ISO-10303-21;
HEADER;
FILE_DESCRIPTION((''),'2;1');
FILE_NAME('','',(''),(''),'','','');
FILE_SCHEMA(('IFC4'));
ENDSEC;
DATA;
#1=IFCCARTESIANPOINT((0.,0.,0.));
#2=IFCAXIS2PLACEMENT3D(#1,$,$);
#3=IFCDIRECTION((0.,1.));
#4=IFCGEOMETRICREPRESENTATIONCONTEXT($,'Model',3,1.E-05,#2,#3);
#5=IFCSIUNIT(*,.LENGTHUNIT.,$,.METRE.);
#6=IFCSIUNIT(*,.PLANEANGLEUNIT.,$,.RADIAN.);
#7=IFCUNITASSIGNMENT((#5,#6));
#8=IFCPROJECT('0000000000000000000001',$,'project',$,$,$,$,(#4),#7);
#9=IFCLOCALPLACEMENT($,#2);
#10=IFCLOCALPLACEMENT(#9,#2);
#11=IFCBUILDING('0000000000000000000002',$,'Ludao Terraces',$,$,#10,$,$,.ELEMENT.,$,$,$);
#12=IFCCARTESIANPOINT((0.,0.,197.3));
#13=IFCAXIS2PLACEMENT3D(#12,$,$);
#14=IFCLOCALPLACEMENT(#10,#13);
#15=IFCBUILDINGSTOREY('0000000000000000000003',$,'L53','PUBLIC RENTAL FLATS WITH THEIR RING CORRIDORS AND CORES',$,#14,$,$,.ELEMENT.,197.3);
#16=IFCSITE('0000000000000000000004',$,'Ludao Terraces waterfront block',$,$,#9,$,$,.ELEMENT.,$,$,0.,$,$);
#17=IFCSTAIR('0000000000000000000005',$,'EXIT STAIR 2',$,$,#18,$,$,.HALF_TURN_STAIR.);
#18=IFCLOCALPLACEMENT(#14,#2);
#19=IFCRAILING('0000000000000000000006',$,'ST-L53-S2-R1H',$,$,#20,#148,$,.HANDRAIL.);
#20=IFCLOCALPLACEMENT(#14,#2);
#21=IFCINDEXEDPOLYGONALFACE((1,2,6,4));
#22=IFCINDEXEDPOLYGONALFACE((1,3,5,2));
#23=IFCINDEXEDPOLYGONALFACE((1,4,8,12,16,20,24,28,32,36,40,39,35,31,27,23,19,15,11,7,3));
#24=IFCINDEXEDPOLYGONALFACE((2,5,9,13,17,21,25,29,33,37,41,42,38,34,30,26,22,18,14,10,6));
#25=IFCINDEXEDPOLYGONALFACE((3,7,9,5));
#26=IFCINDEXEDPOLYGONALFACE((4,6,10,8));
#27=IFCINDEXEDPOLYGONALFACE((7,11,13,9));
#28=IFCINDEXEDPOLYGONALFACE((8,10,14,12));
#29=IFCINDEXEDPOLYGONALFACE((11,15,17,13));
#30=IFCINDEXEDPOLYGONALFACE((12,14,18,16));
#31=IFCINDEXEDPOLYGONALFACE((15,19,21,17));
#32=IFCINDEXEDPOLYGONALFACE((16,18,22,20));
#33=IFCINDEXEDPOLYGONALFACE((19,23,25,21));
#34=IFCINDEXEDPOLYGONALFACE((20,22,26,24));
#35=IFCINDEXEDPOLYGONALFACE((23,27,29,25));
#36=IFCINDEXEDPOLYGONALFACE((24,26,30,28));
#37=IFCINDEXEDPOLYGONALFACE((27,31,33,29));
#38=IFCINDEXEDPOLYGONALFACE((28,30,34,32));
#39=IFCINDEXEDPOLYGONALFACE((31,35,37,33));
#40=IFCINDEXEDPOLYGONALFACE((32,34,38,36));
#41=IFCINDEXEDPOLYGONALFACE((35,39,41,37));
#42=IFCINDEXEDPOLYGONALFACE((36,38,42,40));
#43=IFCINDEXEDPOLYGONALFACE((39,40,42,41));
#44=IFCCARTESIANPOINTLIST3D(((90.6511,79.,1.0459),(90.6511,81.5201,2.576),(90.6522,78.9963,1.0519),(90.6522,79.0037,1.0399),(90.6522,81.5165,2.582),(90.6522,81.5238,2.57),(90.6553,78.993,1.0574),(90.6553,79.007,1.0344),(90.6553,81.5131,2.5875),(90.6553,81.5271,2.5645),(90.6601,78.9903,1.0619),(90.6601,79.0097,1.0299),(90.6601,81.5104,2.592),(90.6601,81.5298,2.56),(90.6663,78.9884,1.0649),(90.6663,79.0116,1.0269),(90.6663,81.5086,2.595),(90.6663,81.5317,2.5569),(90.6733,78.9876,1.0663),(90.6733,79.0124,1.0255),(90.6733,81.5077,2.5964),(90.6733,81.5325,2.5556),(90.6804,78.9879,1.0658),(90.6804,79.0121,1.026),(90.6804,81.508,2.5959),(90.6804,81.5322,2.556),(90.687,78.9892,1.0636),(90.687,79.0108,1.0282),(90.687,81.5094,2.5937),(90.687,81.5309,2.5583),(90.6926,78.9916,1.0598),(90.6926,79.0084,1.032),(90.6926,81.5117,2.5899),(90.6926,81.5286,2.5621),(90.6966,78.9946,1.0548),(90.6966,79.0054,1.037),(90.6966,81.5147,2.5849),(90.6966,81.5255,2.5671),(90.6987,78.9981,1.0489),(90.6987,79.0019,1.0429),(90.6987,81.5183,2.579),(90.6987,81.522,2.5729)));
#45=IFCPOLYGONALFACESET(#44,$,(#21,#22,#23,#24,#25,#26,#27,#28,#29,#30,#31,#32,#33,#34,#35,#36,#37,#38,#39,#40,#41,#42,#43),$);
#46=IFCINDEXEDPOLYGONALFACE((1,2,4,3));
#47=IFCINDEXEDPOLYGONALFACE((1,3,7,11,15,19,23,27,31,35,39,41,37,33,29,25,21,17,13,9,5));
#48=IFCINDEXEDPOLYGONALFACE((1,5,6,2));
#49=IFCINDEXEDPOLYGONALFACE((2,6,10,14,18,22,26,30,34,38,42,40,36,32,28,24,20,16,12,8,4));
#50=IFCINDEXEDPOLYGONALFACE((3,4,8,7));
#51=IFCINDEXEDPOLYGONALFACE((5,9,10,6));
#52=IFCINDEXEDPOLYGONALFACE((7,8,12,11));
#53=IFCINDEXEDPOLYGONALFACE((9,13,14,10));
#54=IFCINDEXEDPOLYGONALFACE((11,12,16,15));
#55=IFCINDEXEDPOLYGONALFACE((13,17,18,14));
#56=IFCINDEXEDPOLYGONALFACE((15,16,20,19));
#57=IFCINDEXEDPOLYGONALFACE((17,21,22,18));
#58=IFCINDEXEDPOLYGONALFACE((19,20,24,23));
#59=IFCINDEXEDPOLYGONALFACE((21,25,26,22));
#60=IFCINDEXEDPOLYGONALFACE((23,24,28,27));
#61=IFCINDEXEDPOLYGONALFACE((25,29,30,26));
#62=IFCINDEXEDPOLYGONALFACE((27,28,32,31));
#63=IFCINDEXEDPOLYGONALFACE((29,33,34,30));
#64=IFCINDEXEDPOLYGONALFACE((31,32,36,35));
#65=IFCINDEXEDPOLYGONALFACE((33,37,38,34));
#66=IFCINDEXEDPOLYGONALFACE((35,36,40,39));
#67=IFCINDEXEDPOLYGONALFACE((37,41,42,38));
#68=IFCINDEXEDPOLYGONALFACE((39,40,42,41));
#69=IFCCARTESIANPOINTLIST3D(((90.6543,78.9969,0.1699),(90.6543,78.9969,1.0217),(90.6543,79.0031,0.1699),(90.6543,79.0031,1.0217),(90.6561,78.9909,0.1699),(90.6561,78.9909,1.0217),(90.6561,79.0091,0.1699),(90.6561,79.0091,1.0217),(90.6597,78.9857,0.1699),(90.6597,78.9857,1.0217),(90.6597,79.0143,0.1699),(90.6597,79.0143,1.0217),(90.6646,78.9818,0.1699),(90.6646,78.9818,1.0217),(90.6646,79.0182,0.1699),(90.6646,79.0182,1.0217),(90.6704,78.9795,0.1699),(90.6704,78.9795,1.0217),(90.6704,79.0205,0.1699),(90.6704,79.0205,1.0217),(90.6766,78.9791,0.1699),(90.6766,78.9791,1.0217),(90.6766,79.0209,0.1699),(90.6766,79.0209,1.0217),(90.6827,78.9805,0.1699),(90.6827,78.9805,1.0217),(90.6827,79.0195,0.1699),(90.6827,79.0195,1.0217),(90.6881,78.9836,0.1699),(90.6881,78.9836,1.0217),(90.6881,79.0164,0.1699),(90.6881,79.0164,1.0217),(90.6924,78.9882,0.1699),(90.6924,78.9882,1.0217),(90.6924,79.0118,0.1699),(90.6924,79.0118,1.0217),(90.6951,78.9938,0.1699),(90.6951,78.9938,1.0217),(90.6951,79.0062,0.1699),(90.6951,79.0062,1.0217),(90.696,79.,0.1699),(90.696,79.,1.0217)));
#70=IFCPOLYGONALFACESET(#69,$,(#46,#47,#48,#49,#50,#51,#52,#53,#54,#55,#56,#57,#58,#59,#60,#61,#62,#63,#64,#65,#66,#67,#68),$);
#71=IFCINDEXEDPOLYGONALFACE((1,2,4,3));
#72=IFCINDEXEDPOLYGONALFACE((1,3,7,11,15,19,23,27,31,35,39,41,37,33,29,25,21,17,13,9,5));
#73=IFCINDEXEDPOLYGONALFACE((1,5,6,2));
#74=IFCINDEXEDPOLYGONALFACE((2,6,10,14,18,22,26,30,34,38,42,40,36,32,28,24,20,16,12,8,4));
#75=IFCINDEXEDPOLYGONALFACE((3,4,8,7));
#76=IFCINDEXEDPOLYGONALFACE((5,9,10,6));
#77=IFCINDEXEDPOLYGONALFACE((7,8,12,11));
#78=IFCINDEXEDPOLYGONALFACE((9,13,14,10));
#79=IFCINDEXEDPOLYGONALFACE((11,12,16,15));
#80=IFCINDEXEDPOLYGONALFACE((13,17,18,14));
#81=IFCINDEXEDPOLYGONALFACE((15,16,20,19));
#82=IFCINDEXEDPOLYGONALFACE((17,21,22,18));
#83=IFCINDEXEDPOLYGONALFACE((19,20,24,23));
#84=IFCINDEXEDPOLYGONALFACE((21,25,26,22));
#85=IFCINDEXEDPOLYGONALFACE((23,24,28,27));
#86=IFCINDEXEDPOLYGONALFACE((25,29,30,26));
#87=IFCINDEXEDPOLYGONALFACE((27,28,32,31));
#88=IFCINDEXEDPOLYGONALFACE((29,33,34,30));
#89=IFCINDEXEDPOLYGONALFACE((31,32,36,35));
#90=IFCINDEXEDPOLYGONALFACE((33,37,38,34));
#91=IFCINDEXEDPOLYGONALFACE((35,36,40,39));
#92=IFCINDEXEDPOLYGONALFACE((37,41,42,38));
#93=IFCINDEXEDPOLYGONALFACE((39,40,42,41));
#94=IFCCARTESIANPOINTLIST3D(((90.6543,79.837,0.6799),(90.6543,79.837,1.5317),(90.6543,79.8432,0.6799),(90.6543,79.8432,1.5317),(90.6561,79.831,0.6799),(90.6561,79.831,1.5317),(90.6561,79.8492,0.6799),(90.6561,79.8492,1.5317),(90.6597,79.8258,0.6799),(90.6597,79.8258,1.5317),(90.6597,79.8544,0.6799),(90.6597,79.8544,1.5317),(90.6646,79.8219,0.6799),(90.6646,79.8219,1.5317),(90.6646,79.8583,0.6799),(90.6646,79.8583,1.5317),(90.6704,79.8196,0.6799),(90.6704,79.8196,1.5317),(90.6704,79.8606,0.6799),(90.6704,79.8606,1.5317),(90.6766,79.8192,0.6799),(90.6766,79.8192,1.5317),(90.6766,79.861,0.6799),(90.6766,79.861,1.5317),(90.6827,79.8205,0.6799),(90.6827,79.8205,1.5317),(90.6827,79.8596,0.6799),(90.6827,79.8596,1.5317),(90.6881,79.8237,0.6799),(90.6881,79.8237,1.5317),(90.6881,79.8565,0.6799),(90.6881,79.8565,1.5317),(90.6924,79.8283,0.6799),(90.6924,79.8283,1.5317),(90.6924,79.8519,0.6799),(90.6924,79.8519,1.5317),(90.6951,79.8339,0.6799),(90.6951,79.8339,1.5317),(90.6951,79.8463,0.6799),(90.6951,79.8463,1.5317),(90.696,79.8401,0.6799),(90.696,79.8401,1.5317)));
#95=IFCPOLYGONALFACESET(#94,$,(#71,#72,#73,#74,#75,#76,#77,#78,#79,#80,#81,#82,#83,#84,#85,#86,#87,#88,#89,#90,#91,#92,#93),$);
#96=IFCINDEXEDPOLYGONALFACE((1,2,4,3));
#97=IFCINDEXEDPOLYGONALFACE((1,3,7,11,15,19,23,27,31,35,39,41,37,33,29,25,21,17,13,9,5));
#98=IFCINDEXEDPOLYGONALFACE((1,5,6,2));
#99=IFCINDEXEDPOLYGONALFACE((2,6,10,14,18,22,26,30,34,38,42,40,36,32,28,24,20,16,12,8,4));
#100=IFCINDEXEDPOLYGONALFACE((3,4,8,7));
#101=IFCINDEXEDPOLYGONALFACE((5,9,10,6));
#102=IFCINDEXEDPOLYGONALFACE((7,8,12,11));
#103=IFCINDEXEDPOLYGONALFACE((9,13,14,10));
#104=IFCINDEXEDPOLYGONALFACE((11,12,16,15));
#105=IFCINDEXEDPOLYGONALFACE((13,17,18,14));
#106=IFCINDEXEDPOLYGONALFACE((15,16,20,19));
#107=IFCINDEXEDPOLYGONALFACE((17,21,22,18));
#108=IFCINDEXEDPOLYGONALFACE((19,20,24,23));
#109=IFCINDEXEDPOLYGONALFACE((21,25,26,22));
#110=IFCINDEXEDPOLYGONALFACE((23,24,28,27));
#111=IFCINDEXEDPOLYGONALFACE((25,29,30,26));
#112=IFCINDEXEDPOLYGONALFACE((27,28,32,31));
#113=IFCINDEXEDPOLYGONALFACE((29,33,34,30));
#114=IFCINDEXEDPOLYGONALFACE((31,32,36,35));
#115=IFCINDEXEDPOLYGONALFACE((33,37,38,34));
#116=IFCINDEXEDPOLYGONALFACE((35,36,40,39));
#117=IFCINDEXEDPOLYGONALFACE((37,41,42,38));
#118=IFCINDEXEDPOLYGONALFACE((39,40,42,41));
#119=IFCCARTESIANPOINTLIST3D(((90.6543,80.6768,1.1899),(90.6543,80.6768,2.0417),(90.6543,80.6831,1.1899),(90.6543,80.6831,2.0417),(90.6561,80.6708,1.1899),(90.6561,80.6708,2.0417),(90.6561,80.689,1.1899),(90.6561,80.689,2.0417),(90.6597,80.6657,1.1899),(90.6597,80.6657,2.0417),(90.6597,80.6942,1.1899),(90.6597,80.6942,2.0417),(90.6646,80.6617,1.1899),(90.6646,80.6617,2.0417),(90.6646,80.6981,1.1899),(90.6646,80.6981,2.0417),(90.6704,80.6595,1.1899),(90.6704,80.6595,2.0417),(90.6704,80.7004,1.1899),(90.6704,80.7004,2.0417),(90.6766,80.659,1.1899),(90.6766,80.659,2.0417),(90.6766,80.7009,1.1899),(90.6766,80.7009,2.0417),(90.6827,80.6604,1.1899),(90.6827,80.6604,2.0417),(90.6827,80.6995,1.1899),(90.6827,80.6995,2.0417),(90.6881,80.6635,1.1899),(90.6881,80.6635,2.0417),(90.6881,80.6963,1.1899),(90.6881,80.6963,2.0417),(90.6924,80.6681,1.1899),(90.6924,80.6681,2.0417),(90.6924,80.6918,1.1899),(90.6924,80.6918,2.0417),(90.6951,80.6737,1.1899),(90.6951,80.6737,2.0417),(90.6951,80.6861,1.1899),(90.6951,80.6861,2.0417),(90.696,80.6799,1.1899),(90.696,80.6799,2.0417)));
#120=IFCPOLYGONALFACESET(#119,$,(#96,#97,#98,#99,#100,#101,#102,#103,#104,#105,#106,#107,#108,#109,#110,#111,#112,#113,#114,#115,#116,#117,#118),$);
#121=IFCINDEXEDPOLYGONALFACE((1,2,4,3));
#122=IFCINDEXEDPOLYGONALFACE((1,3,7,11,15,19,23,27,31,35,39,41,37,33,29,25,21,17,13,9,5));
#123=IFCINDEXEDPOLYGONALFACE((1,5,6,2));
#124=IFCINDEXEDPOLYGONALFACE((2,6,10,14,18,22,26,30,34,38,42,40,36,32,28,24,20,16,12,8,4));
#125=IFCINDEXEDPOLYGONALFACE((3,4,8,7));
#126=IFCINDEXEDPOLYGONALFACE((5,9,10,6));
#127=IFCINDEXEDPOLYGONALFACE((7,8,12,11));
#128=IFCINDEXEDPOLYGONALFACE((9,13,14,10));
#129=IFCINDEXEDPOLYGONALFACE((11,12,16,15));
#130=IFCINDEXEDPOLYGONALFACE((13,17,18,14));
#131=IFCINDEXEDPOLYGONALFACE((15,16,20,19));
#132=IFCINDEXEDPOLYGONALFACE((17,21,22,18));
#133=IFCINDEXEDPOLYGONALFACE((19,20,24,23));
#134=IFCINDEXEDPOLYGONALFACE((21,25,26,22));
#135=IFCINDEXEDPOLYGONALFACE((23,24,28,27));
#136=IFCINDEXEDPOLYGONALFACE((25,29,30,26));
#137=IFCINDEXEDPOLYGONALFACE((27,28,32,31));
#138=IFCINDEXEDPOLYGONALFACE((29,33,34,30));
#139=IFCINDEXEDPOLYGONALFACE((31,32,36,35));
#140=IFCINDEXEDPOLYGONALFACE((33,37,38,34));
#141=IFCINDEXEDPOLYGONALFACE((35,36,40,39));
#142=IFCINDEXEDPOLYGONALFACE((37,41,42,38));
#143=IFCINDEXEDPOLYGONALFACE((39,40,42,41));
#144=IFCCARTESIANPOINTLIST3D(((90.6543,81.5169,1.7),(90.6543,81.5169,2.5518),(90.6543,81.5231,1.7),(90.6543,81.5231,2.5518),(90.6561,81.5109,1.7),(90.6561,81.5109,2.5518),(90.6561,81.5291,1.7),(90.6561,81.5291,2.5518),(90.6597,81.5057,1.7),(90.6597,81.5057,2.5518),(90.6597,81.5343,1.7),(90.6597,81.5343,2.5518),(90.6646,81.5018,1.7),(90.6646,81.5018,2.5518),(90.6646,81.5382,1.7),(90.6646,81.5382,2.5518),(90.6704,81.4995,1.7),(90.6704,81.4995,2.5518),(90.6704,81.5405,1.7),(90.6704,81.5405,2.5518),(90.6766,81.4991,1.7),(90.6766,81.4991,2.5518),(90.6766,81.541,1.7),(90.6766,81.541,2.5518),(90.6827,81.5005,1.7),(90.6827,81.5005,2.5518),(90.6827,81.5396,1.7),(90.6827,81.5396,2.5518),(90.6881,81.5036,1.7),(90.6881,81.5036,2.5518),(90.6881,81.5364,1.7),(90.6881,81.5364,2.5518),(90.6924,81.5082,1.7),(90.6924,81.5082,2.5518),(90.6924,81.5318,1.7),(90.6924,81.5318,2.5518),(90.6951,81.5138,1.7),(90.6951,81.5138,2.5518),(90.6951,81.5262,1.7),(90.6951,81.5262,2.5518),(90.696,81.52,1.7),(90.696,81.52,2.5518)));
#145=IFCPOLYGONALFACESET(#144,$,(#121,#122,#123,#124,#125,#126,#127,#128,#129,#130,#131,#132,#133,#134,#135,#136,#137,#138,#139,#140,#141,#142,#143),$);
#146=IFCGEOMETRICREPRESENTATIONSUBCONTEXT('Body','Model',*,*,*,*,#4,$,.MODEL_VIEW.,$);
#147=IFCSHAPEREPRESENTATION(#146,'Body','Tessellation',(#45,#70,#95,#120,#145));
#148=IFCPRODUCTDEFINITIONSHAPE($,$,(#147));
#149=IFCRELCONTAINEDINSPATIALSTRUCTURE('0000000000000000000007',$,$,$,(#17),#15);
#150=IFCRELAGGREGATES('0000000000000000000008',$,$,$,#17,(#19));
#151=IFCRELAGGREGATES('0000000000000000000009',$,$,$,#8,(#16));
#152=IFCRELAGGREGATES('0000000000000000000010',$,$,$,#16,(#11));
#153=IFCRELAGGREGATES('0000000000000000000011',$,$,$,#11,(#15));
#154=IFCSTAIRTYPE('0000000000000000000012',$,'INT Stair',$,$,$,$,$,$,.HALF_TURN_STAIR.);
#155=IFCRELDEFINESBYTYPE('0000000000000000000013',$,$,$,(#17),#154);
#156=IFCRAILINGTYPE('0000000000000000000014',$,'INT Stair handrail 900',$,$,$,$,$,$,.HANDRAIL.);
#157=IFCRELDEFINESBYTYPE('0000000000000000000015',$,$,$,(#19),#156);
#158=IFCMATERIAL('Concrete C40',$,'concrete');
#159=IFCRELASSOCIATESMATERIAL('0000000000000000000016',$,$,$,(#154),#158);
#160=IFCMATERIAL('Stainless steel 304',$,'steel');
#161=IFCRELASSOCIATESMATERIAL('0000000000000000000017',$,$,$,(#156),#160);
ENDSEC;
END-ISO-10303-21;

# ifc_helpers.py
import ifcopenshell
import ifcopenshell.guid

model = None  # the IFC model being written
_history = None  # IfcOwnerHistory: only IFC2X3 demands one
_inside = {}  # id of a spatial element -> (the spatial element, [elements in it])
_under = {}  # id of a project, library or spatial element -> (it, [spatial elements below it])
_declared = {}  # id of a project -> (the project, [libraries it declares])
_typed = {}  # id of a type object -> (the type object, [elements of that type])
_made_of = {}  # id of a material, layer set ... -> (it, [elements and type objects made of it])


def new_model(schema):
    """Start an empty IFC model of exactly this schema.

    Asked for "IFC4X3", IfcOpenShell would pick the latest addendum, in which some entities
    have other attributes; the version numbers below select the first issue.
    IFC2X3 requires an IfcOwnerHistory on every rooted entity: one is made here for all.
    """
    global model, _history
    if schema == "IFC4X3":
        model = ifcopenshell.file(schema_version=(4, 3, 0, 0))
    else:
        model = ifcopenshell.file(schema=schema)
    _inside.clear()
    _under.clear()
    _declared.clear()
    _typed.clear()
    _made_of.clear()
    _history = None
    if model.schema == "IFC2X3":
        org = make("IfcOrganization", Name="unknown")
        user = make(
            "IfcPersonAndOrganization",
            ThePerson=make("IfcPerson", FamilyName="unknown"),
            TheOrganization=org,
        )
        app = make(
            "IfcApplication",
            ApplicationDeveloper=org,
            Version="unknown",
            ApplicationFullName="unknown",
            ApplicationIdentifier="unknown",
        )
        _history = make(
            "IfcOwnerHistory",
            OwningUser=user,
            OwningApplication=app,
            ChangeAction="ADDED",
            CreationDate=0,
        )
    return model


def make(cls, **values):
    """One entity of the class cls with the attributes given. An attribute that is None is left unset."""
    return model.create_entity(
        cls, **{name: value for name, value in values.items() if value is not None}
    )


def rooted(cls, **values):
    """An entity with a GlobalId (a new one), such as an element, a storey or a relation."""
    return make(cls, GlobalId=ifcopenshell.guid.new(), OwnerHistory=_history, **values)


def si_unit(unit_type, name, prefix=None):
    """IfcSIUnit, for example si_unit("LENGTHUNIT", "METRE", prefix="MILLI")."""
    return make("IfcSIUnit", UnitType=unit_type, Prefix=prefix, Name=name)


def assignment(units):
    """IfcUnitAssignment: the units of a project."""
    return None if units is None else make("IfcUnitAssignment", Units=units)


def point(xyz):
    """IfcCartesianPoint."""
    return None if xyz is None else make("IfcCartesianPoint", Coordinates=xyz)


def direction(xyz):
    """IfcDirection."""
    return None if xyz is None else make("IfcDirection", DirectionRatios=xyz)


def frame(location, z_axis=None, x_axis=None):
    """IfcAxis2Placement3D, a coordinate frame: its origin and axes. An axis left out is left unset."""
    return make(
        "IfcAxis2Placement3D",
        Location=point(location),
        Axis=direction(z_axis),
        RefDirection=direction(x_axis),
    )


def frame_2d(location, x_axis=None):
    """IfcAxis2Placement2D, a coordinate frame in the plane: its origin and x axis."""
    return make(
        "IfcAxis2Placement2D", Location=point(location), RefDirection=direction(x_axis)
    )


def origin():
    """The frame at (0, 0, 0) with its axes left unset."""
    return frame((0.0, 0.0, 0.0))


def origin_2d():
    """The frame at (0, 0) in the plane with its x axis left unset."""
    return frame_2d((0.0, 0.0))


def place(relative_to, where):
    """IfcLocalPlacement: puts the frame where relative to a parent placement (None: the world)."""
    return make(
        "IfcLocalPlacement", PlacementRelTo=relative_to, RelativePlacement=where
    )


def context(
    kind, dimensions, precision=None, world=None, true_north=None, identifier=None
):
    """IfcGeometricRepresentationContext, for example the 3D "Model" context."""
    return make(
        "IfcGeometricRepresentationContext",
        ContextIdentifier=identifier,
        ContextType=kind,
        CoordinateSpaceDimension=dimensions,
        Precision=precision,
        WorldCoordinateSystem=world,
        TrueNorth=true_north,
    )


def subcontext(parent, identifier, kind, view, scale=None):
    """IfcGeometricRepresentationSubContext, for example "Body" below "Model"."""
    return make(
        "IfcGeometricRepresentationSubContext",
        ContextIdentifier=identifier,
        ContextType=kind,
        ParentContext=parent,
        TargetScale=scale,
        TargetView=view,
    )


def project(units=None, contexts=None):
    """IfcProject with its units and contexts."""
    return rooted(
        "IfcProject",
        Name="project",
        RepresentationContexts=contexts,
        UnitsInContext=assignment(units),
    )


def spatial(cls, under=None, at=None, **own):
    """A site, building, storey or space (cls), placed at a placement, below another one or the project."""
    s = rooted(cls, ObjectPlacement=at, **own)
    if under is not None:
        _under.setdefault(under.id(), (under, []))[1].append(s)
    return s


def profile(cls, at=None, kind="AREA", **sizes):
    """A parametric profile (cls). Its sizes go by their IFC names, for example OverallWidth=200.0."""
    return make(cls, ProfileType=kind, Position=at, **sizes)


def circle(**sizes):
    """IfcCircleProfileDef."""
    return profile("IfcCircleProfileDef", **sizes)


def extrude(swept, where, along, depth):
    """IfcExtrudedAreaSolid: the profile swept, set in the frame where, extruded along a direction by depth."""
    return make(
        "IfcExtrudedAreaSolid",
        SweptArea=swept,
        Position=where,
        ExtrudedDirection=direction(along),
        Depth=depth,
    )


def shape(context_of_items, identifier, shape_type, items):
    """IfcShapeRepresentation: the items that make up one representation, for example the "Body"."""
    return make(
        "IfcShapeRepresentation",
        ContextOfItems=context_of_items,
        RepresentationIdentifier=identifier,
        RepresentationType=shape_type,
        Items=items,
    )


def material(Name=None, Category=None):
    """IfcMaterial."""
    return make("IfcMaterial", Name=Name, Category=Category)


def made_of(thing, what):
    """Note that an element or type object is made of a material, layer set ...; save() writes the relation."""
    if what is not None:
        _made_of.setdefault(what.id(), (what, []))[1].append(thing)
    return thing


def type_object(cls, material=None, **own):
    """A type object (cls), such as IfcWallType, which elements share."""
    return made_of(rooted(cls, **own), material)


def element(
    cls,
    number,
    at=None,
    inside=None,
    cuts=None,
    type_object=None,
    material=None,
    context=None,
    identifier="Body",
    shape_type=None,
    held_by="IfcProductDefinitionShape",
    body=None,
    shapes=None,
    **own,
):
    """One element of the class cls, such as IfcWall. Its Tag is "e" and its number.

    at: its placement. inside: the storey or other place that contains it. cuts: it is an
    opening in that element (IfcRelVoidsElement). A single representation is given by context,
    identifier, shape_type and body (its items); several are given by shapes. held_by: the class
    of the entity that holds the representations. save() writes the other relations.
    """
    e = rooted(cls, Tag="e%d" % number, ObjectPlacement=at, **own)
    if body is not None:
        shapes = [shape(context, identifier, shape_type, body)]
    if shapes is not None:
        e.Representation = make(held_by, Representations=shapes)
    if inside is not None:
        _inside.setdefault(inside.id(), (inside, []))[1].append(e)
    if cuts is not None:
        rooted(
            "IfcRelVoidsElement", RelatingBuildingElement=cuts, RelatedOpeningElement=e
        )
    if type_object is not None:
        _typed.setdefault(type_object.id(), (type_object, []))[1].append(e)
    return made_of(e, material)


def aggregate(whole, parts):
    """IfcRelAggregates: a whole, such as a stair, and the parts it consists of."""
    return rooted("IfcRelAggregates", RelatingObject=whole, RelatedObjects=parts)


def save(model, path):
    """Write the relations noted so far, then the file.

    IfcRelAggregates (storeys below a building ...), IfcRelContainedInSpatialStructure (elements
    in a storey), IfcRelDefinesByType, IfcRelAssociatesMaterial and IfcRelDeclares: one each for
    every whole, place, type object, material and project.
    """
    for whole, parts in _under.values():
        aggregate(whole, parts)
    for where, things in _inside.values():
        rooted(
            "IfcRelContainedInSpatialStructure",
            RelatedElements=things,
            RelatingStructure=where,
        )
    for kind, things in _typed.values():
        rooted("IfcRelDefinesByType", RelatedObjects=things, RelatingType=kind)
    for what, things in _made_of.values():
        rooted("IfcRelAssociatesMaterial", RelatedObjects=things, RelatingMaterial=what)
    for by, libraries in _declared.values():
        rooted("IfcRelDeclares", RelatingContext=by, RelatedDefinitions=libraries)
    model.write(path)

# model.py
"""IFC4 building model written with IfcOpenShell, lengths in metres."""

from ifc_helpers import new_model, si_unit, direction, frame, origin, origin_2d, place, context, subcontext, project, spatial, circle, extrude, material, type_object, element, aggregate, save


model = new_model("IFC4")

# Units and contexts
model_context = context("Model", 3, precision=1e-05, world=origin(), true_north=direction((0.0, 1.0)))
body_context = subcontext(model_context, "Body", "Model", "MODEL_VIEW")
ifc_project = project(units=[si_unit("LENGTHUNIT", "METRE"), si_unit("PLANEANGLEUNIT", "RADIAN")], contexts=[model_context])

# Site, building, storey
site_placement = place(None, origin())
site = spatial("IfcSite", under=ifc_project, at=site_placement, Name="Ludao Terraces waterfront block", CompositionType="ELEMENT", RefElevation=0.0)
building_placement = place(site_placement, origin())
building = spatial("IfcBuilding", under=site, at=building_placement, Name="Ludao Terraces", CompositionType="ELEMENT")
storey_placement = place(building_placement, frame((0.0, 0.0, 197.3)))
storey = spatial("IfcBuildingStorey", under=building, at=storey_placement, Name="L53", Description="PUBLIC RENTAL FLATS WITH THEIR RING CORRIDORS AND CORES", CompositionType="ELEMENT", Elevation=197.3)

# Shared definitions
ifc_material_1 = material(Name="Stainless steel 304", Category="steel")

# Stair, railing
ifc_material_2 = material(Name="Concrete C40", Category="concrete")
stair_type = type_object("IfcStairType", Name="INT Stair", PredefinedType="HALF_TURN_STAIR", material=ifc_material_2)
stair_placement = place(storey_placement, origin())
stair = element("IfcStair", 1, at=stair_placement, inside=storey, type_object=stair_type, Name="EXIT STAIR 2", PredefinedType="HALF_TURN_STAIR")
railing_type_1 = type_object("IfcRailingType", Name="INT Stair handrail 900", PredefinedType="HANDRAIL", material=ifc_material_1)
railing_1_placement = place(storey_placement, frame((90.675, 79.0, 0.1699)))
railing_1 = element("IfcRailing", 2, at=railing_1_placement, type_object=railing_type_1, Name="ST-L53-S2-R1H", PredefinedType="HANDRAIL", context=body_context, shape_type="SweptSolid", body=[
    extrude(circle(Radius=0.0239, at=origin_2d()), frame((0.0, 0.0, 0.876), z_axis=(0.0, 0.854785, 0.518982), x_axis=(-1.0, 0.0, 0.0)), (0.0, 0.0, 1.0), 2.9482),
    extrude(circle(Radius=0.021, at=origin_2d()), origin(), (0.0, 0.0, 1.0), 0.8518),
    extrude(circle(Radius=0.021, at=origin_2d()), frame((0.0, 0.8401, 0.51)), (0.0, 0.0, 1.0), 0.8518),
    extrude(circle(Radius=0.021, at=origin_2d()), frame((0.0, 1.6799, 1.02)), (0.0, 0.0, 1.0), 0.8518),
    extrude(circle(Radius=0.021, at=origin_2d()), frame((0.0, 2.52, 1.53)), (0.0, 0.0, 1.0), 0.8518),
])
aggregate(stair, [railing_1])

save(model, "model.ifc")
